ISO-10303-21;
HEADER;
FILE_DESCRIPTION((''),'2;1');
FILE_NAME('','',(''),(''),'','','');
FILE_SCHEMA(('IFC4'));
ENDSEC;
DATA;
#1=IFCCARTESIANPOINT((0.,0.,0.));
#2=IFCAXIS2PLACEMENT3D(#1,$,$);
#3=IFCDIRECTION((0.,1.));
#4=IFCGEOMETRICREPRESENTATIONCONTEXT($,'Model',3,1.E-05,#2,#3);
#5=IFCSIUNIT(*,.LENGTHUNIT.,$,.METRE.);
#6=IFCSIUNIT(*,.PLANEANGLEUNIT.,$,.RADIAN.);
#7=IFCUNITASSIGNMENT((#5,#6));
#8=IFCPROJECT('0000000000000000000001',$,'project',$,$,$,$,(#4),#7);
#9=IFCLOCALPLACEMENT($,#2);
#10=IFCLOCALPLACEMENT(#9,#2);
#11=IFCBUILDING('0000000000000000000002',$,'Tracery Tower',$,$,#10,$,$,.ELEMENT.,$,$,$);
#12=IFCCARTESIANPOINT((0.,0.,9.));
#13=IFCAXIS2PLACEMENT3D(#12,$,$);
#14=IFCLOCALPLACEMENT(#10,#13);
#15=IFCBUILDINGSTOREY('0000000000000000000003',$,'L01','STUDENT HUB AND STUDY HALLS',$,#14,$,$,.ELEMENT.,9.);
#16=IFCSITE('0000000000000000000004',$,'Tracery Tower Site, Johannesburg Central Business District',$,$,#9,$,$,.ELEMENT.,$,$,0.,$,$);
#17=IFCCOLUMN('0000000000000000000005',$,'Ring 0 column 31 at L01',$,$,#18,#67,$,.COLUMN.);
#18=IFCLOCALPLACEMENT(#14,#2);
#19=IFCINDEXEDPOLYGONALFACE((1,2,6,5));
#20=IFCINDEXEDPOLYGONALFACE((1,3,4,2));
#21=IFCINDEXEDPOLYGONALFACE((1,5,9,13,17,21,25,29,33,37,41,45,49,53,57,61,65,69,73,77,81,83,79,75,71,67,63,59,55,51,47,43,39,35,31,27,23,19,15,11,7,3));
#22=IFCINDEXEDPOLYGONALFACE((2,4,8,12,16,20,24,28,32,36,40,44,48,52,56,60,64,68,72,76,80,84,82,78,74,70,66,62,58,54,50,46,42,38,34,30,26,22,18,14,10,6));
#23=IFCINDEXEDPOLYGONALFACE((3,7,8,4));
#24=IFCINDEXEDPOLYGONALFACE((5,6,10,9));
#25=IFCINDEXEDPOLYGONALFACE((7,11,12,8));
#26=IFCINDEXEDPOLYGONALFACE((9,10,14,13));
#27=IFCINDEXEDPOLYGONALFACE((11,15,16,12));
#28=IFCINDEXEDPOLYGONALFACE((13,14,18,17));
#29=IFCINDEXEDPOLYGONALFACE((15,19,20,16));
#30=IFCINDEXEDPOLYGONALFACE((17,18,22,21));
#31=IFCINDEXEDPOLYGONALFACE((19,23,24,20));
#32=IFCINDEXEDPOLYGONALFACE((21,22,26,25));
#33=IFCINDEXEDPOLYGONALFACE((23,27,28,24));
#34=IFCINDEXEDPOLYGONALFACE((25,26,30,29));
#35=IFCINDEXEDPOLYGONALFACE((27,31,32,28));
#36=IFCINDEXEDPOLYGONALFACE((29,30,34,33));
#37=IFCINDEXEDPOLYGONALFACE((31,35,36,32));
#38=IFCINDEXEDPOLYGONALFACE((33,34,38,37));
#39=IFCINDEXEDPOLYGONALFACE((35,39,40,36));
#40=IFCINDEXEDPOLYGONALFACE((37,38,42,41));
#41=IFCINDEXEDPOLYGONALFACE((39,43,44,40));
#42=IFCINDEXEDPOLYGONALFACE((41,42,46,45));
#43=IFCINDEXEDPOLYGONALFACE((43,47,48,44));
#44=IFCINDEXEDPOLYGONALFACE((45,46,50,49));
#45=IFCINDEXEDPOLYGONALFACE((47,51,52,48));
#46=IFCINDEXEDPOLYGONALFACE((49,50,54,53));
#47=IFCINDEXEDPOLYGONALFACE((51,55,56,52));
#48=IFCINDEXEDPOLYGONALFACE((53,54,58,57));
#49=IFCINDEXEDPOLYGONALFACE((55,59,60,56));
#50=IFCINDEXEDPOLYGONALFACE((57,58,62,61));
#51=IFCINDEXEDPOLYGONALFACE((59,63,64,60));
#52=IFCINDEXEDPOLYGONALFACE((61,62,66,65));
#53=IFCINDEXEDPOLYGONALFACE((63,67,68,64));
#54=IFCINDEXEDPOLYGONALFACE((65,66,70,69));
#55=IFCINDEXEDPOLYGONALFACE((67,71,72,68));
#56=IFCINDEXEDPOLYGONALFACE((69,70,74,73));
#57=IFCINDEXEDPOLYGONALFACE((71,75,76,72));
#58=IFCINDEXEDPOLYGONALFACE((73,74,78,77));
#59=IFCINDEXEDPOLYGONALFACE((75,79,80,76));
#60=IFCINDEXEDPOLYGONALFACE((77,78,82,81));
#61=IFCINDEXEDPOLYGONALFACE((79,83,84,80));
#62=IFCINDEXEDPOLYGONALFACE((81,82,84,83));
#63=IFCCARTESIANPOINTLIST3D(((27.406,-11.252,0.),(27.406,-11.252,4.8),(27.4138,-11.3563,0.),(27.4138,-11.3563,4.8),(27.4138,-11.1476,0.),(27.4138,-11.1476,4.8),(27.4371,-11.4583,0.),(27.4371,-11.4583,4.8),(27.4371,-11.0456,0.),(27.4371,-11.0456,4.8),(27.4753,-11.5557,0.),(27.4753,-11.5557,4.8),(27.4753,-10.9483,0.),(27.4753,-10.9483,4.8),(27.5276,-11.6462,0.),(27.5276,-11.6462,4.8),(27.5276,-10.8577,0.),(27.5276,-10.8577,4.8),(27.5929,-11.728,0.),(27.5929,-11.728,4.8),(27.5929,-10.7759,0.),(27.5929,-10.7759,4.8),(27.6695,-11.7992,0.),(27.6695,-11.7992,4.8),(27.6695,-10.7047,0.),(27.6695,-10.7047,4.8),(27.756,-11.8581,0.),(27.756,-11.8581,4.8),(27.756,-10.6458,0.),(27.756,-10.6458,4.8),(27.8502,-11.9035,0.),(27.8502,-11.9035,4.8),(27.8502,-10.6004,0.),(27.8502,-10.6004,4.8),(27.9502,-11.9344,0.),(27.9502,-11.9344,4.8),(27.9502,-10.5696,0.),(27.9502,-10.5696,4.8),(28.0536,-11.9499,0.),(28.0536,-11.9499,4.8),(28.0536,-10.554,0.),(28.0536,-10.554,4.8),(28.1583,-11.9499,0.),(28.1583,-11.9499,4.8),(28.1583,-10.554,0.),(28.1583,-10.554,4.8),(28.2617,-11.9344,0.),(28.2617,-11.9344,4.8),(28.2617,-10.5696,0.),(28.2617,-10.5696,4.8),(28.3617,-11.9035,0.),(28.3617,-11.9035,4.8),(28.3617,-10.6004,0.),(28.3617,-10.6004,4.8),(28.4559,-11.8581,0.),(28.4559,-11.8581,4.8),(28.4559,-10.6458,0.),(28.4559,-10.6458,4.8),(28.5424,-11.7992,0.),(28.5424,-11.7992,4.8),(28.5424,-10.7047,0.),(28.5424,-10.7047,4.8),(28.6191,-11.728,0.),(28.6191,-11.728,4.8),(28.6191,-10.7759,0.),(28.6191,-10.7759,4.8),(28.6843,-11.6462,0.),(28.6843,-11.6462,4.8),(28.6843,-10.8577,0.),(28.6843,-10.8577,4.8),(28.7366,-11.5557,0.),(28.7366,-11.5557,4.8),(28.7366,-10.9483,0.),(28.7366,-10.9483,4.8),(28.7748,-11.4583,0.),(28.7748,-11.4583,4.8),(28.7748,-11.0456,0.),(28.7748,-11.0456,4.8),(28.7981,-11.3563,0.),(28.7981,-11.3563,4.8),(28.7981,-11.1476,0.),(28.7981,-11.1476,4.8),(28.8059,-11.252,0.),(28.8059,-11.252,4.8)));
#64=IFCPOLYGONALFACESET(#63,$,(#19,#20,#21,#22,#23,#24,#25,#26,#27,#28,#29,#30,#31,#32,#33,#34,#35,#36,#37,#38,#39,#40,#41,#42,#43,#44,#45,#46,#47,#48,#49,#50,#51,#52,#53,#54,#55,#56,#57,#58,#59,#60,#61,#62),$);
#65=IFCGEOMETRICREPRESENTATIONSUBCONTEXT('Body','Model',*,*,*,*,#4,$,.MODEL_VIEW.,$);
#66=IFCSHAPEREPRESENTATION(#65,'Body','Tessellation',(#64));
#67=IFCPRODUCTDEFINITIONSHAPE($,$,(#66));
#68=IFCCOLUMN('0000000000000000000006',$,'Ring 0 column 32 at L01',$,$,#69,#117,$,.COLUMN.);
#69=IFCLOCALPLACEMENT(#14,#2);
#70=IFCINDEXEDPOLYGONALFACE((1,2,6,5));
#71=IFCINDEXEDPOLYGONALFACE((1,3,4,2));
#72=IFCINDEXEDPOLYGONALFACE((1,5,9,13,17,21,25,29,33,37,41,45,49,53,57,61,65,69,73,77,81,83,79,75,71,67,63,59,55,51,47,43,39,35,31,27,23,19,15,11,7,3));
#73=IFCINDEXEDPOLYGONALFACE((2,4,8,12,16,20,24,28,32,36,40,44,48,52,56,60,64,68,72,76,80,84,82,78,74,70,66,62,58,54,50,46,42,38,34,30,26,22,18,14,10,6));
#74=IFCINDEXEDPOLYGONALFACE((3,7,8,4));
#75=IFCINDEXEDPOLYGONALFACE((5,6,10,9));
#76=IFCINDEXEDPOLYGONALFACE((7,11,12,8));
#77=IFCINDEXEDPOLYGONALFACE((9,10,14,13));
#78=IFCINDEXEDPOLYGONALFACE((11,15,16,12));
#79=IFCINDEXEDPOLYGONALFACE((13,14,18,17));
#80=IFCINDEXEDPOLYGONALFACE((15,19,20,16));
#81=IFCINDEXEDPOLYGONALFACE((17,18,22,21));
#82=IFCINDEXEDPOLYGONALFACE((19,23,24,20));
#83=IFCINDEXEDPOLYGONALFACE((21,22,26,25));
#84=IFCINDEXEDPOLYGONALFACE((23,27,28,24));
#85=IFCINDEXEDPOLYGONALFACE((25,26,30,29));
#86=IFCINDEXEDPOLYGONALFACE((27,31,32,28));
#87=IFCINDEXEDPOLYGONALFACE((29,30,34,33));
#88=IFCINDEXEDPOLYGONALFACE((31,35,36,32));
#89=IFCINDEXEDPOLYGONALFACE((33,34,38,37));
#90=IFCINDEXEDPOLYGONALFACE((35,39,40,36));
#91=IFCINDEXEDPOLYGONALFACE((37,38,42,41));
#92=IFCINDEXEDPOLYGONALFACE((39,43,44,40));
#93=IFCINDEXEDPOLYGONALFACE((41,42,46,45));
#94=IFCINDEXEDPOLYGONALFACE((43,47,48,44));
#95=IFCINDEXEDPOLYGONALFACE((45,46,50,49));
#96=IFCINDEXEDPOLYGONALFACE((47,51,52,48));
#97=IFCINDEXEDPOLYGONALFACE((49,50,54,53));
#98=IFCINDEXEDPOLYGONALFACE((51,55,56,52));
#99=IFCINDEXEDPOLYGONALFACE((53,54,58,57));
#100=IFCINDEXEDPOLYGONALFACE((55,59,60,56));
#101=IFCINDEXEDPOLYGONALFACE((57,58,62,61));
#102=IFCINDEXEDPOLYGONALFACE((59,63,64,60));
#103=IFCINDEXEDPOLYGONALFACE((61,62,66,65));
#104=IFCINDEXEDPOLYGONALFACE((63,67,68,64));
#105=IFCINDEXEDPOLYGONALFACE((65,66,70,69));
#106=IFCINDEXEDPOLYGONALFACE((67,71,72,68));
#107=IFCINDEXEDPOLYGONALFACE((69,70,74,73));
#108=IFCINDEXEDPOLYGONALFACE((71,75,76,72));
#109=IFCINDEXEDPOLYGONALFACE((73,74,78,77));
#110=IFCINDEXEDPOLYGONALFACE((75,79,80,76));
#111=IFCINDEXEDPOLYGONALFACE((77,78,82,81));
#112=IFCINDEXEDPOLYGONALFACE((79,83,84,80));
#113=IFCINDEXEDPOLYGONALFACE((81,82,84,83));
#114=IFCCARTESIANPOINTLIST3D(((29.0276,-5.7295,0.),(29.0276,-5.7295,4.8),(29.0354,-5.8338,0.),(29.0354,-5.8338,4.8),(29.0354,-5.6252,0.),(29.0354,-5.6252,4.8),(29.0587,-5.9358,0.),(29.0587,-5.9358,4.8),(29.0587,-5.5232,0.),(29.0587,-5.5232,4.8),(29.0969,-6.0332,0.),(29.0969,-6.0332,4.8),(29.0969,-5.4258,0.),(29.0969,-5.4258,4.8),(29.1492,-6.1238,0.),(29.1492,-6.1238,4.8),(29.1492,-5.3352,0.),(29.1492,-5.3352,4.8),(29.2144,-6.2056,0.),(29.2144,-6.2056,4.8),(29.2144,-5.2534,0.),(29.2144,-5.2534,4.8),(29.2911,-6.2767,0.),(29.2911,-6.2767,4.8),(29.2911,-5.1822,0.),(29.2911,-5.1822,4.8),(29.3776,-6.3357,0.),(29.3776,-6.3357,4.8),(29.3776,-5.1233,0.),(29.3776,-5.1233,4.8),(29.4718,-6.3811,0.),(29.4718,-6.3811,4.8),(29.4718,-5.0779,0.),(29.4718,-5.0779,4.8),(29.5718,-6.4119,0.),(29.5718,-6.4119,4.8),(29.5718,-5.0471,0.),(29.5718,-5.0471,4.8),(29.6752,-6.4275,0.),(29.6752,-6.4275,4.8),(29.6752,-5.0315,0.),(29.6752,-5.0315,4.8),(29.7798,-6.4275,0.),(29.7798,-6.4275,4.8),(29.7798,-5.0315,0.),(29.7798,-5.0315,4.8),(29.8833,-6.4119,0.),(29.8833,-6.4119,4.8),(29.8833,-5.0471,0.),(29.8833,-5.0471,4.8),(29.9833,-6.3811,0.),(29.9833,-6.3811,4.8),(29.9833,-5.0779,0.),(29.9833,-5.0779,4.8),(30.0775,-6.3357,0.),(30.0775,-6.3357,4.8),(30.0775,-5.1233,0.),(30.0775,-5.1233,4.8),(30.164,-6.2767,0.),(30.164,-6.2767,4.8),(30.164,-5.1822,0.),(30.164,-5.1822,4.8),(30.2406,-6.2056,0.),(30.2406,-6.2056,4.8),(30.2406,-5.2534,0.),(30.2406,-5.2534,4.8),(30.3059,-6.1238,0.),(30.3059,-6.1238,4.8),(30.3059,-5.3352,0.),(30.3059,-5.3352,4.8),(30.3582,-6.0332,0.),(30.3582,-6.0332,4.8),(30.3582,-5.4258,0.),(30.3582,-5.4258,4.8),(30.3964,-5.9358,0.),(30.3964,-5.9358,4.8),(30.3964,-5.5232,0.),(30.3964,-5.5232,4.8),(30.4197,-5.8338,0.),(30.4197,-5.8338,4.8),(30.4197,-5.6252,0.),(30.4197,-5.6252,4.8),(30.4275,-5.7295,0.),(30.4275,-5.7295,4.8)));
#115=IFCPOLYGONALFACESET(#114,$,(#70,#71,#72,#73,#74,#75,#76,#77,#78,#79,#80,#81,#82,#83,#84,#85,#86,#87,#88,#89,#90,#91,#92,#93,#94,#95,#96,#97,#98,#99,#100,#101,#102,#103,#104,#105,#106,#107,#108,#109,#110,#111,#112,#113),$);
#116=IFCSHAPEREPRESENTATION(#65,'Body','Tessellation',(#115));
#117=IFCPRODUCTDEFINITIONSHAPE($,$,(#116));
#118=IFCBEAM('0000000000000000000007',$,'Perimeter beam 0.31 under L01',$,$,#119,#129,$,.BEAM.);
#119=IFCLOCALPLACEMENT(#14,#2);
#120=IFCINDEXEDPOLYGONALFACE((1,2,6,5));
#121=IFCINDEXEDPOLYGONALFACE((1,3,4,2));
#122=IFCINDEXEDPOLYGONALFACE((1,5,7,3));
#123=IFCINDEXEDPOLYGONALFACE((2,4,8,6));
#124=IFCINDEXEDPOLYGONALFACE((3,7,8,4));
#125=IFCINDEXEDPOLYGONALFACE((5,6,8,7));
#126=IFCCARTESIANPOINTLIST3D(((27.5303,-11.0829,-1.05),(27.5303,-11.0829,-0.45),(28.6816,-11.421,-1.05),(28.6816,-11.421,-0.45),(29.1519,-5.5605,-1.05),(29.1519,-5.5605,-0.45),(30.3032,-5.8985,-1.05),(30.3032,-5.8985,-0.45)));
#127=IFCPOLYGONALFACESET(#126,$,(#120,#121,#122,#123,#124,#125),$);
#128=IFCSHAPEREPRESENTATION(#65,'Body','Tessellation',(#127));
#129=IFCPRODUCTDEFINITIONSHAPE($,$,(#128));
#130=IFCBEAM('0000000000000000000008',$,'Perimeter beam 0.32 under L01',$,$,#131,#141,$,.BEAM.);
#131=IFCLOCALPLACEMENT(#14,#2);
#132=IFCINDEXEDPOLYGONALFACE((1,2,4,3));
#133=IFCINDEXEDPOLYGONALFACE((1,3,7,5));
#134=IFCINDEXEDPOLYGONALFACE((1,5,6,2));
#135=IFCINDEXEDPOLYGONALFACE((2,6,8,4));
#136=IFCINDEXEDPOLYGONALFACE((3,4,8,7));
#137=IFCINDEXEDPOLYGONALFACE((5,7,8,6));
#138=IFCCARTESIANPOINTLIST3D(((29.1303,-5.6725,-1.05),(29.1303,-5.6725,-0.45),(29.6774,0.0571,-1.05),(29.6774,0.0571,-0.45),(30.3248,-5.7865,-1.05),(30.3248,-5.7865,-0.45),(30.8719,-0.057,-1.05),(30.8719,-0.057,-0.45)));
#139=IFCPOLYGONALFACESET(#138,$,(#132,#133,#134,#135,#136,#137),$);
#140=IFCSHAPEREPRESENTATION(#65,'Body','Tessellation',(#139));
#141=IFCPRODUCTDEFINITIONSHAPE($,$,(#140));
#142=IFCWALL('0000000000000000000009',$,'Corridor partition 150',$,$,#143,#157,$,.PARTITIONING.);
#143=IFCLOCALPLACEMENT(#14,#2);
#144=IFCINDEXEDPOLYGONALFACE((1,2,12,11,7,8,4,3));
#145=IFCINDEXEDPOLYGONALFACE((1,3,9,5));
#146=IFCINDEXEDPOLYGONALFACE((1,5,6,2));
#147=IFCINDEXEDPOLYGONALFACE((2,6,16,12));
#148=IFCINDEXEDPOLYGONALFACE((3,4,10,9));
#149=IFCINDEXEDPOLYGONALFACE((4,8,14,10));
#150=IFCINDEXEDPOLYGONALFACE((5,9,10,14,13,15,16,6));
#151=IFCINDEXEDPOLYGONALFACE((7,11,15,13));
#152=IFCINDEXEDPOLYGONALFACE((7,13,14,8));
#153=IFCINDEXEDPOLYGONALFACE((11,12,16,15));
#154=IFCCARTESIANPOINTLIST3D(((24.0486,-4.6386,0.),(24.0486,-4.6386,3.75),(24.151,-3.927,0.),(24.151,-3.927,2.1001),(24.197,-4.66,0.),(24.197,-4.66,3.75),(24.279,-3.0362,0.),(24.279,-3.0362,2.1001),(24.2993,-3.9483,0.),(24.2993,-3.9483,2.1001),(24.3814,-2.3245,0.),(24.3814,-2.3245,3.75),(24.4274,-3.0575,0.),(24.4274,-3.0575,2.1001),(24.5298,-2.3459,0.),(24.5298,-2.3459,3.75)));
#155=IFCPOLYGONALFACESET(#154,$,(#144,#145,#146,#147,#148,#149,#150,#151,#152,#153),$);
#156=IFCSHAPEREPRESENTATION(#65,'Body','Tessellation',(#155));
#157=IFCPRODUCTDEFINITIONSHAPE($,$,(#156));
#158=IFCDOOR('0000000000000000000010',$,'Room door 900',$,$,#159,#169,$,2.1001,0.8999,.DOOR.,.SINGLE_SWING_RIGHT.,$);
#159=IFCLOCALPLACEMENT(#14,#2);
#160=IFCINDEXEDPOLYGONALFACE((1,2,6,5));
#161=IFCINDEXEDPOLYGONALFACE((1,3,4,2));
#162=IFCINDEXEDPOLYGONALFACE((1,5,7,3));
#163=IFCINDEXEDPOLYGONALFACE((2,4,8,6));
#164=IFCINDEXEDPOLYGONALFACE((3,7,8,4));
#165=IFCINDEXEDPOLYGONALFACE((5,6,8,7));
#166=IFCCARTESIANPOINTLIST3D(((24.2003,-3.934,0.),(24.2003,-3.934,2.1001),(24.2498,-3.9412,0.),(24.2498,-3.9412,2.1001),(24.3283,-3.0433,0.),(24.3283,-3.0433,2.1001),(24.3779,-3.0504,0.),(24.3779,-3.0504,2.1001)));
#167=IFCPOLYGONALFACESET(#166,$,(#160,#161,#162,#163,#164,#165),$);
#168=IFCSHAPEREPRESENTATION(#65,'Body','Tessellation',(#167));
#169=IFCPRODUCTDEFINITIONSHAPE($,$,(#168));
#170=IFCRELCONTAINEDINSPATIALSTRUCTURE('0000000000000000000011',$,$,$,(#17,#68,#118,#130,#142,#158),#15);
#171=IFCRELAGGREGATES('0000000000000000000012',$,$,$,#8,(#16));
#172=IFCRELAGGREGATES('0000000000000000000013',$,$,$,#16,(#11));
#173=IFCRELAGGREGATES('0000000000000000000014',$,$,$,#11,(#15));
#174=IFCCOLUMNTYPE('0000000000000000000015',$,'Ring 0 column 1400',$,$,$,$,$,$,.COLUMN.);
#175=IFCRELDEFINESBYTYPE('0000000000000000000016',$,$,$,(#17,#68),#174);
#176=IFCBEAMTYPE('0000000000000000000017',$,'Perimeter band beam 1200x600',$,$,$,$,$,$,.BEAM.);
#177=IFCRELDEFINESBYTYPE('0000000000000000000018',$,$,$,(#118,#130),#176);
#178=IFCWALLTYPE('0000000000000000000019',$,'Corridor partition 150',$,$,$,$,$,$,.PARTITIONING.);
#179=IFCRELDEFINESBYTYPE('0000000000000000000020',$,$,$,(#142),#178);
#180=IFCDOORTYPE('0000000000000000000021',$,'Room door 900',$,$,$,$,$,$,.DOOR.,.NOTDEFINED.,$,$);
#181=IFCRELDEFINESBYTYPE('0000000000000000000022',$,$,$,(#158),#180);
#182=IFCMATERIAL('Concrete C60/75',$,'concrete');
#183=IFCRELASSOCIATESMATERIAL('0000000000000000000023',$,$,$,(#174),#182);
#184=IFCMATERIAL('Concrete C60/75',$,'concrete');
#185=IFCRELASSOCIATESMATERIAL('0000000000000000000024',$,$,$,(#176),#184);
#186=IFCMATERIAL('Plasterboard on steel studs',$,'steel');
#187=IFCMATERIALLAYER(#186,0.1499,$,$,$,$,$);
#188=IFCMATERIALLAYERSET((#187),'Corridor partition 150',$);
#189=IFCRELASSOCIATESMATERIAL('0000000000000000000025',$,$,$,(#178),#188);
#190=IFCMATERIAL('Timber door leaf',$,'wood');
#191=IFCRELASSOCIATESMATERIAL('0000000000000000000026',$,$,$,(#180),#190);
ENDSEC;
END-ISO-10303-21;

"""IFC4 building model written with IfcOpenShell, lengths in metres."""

from ifc_helpers import new_model, si_unit, direction, frame, frame_2d, origin, origin_2d, place, context, subcontext, project, spatial, rectangle, circle, extrude, material, layer, layer_set, material_profile, profile_set, type_object, element, fill, save


model = new_model("IFC4")

# Units and contexts
model_context = context("Model", 3, precision=1e-05, world=origin(), true_north=direction((0.0, 1.0)))
body_context = subcontext(model_context, "Body", "Model", "MODEL_VIEW")
ifc_project = project(units=[si_unit("LENGTHUNIT", "METRE"), si_unit("PLANEANGLEUNIT", "RADIAN")], contexts=[model_context])

# Site, building, storey
site_placement = place(None, origin())
site = spatial("IfcSite", under=ifc_project, at=site_placement, Name="Tracery Tower Site, Johannesburg Central Business District", CompositionType="ELEMENT", RefElevation=0.0)
building_placement = place(site_placement, origin())
building = spatial("IfcBuilding", under=site, at=building_placement, Name="Tracery Tower", CompositionType="ELEMENT")
storey_placement = place(building_placement, frame((0.0, 0.0, 9.0)))
storey = spatial("IfcBuildingStorey", under=building, at=storey_placement, Name="L01", Description="STUDENT HUB AND STUDY HALLS", CompositionType="ELEMENT", Elevation=9.0)

# Columns
ifc_material_1 = material(Name="Concrete C60/75", Category="concrete")
ifc_material_profile_1 = material_profile(ifc_material_1, circle(Radius=0.7, at=origin_2d()), Name="RC D1400")
ifc_profile_set_1 = profile_set([ifc_material_profile_1], Name="Concrete C60/75")
column_type = type_object("IfcColumnType", Name="Ring 0 column 1400", PredefinedType="COLUMN", material=ifc_profile_set_1)
for number, where, z_axis, x_axis, name in (
    (1, (28.106, -11.252, 0.0), (0.0, 0.0, 1.0), (1.0, 0.0, 0.0), "Ring 0 column 31 at L01"),
    (2, (29.7275, -5.7295, 0.0), (0.0, 0.0, 1.0), (1.0, 0.0, 0.0), "Ring 0 column 32 at L01"),
):
    element("IfcColumn", number, at=place(storey_placement, frame(where, z_axis=z_axis, x_axis=x_axis)), inside=storey, type_object=column_type, Name=name, PredefinedType="COLUMN", context=body_context, shape_type="SweptSolid", body=[
        extrude(circle(Radius=0.7, at=origin_2d()), origin(), (0.0, 0.0, 1.0), 4.8),
    ])

# Beams
ifc_material_2 = material(Name="Concrete C60/75", Category="concrete")
ifc_material_profile_2 = material_profile(ifc_material_2, rectangle(XDim=1.2, YDim=0.6001, at=origin_2d()), Name="RC 1200x600")
ifc_profile_set_2 = profile_set([ifc_material_profile_2], Name="Concrete C60/75")
beam_type = type_object("IfcBeamType", Name="Perimeter band beam 1200x600", PredefinedType="BEAM", material=ifc_profile_set_2)
for number, where, z_axis, x_axis, name in (
    (3, (28.106, -11.252, -0.75), (0.281739, 0.959491, 0.0), (-0.959491, 0.281739, 0.0), "Perimeter beam 0.31 under L01"),
    (4, (29.7275, -5.7295, -0.75), (0.095059, 0.995472, 0.0), (-0.995472, 0.095059, 0.0), "Perimeter beam 0.32 under L01"),
):
    element("IfcBeam", number, at=place(storey_placement, frame(where, z_axis=z_axis, x_axis=x_axis)), inside=storey, type_object=beam_type, Name=name, PredefinedType="BEAM", context=body_context, shape_type="SweptSolid", body=[
        extrude(rectangle(XDim=1.2, YDim=0.6001, at=origin_2d()), origin(), (0.0, 0.0, 1.0), 5.7556),
    ])

# Wall, opening, door
ifc_material_3 = material(Name="Plasterboard on steel studs", Category="steel")
ifc_layer_1 = layer(ifc_material_3, 0.1499)
ifc_layer_set_1 = layer_set([ifc_layer_1], Name="Corridor partition 150")
wall_type_1 = type_object("IfcWallType", Name="Corridor partition 150", PredefinedType="PARTITIONING", material=ifc_layer_set_1)
wall_1_placement = place(storey_placement, frame((24.4556, -2.3352, 0.0), z_axis=(0.0, 0.0, 1.0), x_axis=(-0.142328, -0.98982, 0.0)))
wall_1 = element("IfcWall", 5, at=wall_1_placement, inside=storey, type_object=wall_type_1, Name="Corridor partition 150", PredefinedType="PARTITIONING", context=body_context, shape_type="SweptSolid", body=[
    extrude(rectangle(XDim=2.3379, YDim=0.1499, at=frame_2d((1.1689, 0.0))), origin(), (0.0, 0.0, 1.0), 3.75),
])
opening_1_placement = place(wall_1_placement, frame((0.719, 0.0, 0.0)))
opening_1 = element("IfcOpeningElement", 6, at=opening_1_placement, cuts=wall_1, PredefinedType="OPENING", context=body_context, shape_type="SweptSolid", body=[
    extrude(rectangle(XDim=0.8999, YDim=2.1001, at=frame_2d((0.45, 1.05))), frame((0.0, 0.075, 0.0), z_axis=(0.0, -1.0, 0.0), x_axis=(1.0, 0.0, 0.0)), (0.0, 0.0, 1.0), 0.1499),
])
ifc_material_4 = material(Name="Timber door leaf", Category="wood")
door_type = type_object("IfcDoorType", Name="Room door 900", OperationType="NOTDEFINED", PredefinedType="DOOR", material=ifc_material_4)
door_1_placement = place(opening_1_placement, origin())
door_1 = element("IfcDoor", 7, at=door_1_placement, inside=storey, type_object=door_type, Name="Room door 900", OperationType="SINGLE_SWING_RIGHT", OverallHeight=2.1001, OverallWidth=0.8999, PredefinedType="DOOR", context=body_context, shape_type="SweptSolid", body=[
    extrude(rectangle(XDim=0.8999, YDim=2.1001, at=frame_2d((0.45, 1.05))), frame((0.0, 0.0249, 0.0), z_axis=(0.0, -1.0, 0.0), x_axis=(1.0, 0.0, 0.0)), (0.0, 0.0, 1.0), 0.05),
])
fill(opening_1, door_1)

save(model, "model.ifc")
